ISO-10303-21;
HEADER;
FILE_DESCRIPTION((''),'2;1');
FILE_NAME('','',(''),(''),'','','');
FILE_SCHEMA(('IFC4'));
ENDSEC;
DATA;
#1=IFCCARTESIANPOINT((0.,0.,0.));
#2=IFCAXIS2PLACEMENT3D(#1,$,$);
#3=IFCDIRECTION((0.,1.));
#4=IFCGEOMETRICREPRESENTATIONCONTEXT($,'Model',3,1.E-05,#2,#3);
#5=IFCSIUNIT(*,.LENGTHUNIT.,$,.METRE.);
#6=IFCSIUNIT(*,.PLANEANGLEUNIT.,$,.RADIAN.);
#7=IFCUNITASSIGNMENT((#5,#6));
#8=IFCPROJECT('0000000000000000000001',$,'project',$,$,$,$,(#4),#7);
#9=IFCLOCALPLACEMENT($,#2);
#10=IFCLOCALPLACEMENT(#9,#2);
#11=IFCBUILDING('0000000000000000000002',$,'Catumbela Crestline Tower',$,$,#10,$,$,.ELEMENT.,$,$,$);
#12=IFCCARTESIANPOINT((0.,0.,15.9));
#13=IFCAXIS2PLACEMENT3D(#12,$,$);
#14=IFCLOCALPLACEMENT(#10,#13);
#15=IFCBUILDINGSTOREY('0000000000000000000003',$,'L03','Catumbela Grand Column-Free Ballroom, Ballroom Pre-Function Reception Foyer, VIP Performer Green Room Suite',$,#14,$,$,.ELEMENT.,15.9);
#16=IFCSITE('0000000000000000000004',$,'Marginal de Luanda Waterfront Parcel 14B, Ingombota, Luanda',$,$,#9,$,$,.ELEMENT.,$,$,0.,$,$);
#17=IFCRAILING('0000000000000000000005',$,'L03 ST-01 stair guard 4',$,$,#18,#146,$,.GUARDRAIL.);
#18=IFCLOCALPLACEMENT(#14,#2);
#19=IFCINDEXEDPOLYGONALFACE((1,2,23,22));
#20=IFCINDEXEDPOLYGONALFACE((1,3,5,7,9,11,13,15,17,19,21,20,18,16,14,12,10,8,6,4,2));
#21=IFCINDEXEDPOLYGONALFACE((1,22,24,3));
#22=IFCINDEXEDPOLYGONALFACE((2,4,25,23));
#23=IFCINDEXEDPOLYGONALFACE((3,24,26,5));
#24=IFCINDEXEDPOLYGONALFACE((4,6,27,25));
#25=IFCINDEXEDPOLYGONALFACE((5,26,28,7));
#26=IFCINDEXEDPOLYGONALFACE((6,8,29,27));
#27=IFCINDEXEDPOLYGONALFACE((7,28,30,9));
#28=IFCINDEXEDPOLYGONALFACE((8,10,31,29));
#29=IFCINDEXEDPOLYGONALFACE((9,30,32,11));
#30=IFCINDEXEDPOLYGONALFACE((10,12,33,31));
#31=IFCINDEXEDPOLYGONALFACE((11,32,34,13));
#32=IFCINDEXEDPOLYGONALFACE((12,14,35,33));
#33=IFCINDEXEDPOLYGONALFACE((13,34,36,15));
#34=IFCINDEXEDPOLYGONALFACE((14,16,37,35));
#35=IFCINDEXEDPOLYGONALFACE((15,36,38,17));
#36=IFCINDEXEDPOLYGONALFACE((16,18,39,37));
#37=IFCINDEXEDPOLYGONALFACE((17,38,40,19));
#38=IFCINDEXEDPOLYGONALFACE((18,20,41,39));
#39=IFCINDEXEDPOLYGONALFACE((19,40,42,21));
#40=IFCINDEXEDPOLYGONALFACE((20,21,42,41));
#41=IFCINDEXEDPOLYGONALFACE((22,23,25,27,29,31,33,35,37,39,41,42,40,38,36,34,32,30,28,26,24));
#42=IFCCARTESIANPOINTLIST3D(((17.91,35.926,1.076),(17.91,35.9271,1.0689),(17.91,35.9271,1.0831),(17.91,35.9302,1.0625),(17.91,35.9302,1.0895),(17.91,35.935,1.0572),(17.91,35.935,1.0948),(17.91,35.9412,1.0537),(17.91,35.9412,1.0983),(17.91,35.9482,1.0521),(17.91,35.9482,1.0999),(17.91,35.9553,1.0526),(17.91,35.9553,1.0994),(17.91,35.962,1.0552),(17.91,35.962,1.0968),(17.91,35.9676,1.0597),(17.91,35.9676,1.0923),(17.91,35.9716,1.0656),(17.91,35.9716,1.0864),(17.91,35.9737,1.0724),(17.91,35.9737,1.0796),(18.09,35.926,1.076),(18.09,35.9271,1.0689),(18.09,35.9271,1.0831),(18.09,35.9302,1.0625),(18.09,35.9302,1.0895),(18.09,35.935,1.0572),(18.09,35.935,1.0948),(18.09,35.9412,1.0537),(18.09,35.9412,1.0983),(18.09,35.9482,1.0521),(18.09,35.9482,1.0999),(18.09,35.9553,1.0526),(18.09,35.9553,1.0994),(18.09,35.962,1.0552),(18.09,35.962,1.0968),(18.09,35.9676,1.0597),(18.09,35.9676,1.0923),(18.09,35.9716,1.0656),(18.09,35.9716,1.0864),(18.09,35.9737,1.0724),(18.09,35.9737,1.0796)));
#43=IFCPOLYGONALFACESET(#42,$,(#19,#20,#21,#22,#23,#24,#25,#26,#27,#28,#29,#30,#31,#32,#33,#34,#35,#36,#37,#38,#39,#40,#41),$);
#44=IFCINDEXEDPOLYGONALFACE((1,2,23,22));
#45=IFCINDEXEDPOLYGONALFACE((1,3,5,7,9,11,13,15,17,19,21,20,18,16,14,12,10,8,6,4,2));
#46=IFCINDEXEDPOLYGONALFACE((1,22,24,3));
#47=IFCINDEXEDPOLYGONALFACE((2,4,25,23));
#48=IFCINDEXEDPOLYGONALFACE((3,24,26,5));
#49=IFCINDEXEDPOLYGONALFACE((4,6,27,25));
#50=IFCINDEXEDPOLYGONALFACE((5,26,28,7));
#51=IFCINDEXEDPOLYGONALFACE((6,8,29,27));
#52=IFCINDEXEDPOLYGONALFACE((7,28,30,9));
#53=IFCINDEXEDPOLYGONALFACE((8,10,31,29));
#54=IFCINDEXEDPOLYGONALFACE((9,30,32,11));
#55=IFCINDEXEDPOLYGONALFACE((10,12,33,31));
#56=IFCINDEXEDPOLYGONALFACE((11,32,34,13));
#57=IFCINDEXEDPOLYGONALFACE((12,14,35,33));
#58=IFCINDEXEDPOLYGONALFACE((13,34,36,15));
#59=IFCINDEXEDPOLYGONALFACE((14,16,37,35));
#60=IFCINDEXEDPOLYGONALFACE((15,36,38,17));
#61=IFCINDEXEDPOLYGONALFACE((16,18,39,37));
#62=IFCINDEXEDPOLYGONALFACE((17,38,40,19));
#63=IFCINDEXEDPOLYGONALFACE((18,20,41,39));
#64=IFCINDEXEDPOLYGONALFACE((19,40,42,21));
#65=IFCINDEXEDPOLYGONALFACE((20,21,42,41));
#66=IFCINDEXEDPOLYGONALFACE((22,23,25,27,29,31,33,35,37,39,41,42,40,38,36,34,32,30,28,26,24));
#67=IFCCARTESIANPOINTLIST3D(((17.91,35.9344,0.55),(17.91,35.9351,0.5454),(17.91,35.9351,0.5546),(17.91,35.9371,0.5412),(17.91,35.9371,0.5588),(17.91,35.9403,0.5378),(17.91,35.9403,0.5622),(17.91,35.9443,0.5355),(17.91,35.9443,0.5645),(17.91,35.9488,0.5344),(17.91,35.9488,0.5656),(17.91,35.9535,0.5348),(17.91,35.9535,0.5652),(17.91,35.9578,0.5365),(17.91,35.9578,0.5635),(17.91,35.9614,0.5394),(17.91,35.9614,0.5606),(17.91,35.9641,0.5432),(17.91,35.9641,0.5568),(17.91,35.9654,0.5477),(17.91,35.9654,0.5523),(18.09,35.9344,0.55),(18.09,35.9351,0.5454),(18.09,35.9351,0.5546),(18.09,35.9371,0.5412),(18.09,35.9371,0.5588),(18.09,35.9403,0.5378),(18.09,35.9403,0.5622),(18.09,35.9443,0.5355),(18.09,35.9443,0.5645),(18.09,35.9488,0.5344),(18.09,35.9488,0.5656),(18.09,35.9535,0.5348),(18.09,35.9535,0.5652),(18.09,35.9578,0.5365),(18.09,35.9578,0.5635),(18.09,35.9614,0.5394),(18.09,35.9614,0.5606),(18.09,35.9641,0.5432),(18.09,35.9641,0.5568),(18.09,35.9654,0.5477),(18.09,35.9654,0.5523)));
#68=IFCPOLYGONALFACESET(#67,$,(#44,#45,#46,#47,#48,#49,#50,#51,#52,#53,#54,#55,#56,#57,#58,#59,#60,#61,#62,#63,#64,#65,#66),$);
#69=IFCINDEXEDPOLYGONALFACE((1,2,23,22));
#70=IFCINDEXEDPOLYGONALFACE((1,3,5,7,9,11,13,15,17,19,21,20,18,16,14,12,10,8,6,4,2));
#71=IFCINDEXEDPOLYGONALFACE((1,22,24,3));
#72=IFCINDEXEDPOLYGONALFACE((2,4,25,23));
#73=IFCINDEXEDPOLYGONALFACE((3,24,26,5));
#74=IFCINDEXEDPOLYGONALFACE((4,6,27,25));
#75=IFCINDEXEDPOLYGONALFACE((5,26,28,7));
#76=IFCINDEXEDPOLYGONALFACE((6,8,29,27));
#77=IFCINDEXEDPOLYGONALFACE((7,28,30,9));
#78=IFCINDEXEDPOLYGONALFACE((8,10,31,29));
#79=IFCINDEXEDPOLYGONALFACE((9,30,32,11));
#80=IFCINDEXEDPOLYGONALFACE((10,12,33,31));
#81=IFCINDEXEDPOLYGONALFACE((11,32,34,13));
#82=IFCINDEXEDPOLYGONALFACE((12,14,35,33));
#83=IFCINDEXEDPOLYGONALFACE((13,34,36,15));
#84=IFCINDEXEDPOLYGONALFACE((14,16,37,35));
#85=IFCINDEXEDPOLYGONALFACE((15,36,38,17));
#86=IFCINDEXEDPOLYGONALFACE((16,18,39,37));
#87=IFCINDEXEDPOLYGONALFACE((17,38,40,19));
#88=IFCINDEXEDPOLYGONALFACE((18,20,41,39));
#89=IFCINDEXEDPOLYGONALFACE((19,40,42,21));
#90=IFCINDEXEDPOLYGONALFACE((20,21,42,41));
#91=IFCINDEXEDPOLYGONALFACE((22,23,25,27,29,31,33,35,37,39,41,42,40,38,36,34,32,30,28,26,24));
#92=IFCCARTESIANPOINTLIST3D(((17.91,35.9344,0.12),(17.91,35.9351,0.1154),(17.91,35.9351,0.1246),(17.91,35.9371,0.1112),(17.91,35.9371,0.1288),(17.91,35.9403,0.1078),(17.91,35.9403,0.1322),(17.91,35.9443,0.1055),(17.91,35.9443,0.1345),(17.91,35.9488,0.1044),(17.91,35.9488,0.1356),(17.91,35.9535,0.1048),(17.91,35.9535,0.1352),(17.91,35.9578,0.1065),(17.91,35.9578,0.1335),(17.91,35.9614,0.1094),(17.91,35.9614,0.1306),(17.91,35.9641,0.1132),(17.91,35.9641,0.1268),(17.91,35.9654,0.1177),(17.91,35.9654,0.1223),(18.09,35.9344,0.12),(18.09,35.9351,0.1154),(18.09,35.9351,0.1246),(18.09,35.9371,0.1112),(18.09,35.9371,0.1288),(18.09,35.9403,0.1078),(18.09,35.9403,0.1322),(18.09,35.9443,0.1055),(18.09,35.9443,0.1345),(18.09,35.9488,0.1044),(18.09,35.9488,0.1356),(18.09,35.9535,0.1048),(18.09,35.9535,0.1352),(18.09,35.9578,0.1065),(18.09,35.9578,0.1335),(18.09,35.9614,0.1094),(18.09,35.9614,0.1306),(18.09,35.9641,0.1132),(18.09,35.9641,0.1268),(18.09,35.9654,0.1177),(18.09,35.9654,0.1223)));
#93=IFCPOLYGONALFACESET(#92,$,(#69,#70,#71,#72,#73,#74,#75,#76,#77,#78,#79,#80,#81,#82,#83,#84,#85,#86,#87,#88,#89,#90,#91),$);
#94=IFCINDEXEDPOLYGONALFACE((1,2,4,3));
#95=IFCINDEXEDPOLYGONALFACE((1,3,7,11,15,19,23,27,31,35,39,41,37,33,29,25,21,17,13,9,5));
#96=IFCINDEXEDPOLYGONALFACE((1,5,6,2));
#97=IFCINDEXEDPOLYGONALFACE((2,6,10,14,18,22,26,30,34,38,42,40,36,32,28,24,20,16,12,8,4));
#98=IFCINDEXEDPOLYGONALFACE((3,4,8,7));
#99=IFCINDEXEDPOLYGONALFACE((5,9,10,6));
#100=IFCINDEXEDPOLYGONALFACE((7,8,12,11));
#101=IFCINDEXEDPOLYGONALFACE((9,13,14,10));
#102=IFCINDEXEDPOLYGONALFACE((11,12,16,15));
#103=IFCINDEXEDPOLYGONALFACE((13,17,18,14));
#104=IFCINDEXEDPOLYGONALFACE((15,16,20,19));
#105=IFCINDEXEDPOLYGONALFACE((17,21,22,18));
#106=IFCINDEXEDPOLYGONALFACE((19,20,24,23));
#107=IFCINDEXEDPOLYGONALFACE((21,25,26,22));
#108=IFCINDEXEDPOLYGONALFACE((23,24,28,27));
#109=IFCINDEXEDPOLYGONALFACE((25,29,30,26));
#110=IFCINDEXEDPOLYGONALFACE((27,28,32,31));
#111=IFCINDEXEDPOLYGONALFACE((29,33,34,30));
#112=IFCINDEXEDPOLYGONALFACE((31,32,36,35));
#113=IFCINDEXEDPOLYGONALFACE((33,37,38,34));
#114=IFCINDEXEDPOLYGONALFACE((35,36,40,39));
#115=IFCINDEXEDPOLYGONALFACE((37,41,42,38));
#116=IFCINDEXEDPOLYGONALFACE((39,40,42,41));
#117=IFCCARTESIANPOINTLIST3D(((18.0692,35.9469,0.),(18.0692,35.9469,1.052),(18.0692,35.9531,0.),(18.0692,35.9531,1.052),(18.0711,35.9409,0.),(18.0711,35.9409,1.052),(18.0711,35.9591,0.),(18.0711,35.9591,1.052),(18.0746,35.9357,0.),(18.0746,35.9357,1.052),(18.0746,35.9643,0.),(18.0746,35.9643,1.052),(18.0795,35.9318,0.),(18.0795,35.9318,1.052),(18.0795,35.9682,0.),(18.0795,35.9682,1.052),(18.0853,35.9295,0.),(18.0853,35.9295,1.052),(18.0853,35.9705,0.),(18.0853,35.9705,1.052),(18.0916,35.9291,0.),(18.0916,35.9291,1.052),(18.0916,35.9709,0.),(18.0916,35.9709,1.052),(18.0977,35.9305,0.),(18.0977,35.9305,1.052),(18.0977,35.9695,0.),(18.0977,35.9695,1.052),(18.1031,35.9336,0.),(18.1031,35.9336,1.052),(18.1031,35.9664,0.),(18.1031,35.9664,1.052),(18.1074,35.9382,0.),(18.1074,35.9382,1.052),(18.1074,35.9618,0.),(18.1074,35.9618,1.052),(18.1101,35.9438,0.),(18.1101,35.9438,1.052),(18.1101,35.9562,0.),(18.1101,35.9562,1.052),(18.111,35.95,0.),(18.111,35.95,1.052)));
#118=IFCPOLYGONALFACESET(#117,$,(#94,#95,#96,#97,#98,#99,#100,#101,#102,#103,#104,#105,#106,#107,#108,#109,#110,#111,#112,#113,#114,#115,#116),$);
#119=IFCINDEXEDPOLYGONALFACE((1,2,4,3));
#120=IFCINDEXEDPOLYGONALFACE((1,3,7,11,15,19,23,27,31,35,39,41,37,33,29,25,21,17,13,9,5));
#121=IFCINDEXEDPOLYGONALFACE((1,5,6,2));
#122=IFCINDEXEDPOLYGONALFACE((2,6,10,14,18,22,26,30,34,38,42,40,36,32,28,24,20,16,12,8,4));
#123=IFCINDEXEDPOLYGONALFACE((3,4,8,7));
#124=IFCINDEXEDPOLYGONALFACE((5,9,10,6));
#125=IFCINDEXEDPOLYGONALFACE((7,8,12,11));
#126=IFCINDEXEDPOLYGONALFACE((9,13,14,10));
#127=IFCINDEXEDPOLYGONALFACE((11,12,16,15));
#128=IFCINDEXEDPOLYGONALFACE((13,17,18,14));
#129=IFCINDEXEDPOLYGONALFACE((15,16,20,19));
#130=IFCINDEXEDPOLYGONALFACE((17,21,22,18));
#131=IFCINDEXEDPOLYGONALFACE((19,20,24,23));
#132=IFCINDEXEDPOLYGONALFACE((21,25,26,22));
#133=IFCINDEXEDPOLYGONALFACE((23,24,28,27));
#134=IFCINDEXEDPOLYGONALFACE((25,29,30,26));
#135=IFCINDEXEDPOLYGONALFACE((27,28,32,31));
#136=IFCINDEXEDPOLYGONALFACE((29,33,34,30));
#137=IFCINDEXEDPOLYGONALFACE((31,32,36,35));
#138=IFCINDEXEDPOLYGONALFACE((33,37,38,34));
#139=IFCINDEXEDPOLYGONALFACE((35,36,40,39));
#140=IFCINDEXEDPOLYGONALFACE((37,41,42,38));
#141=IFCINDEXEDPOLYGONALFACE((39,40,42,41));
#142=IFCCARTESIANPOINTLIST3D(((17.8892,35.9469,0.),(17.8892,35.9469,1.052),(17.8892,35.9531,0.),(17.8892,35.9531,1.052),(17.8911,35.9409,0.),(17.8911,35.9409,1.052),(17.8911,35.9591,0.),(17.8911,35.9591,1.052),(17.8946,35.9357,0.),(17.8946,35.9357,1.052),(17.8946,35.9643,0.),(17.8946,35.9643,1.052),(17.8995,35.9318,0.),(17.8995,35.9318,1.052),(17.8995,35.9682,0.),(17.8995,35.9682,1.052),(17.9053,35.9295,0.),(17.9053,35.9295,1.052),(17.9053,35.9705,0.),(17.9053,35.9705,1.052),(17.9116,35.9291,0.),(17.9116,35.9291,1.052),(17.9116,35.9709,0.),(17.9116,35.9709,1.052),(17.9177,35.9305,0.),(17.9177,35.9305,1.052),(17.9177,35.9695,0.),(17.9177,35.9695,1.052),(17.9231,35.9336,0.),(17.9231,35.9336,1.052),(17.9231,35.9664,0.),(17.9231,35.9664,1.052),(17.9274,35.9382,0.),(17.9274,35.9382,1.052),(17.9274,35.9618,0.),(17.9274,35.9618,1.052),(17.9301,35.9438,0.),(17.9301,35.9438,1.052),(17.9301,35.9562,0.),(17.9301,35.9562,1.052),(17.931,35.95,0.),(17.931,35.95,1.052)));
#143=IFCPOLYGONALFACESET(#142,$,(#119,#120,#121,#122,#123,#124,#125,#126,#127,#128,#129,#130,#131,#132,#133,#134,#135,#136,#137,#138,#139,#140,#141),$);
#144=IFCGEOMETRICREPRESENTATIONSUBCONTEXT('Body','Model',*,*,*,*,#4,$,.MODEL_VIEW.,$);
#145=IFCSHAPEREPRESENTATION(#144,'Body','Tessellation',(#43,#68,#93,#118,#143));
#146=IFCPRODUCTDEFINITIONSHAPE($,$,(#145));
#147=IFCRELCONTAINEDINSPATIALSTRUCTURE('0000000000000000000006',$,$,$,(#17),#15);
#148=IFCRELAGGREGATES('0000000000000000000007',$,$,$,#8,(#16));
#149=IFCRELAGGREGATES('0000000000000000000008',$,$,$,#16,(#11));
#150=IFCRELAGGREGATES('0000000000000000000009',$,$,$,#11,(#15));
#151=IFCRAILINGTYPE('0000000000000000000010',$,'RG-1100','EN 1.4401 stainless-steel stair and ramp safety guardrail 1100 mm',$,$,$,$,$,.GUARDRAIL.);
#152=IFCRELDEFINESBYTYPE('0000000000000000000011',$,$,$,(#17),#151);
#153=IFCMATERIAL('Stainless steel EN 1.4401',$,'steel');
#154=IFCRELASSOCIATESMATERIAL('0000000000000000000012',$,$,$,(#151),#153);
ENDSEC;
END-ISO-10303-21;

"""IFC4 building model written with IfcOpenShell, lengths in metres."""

from ifc_helpers import new_model, si_unit, direction, frame, origin, origin_2d, place, context, subcontext, project, spatial, circle, extrude, material, type_object, element, save


model = new_model("IFC4")

# Units and contexts
model_context = context("Model", 3, precision=1e-05, world=origin(), true_north=direction((0.0, 1.0)))
body_context = subcontext(model_context, "Body", "Model", "MODEL_VIEW")
ifc_project = project(units=[si_unit("LENGTHUNIT", "METRE"), si_unit("PLANEANGLEUNIT", "RADIAN")], contexts=[model_context])

# Site, building, storey
site_placement = place(None, origin())
site = spatial("IfcSite", under=ifc_project, at=site_placement, Name="Marginal de Luanda Waterfront Parcel 14B, Ingombota, Luanda", CompositionType="ELEMENT", RefElevation=0.0)
building_placement = place(site_placement, origin())
building = spatial("IfcBuilding", under=site, at=building_placement, Name="Catumbela Crestline Tower", CompositionType="ELEMENT")
storey_placement = place(building_placement, frame((0.0, 0.0, 15.9)))
storey = spatial("IfcBuildingStorey", under=building, at=storey_placement, Name="L03", Description="Catumbela Grand Column-Free Ballroom, Ballroom Pre-Function Reception Foyer, VIP Performer Green Room Suite", CompositionType="ELEMENT", Elevation=15.9)

# Shared definitions
ifc_material_1 = material(Name="Stainless steel EN 1.4401", Category="steel")

# Railing
railing_type_1 = type_object("IfcRailingType", Name="RG-1100", Description="EN 1.4401 stainless-steel stair and ramp safety guardrail 1100 mm", PredefinedType="GUARDRAIL", material=ifc_material_1)
railing_1_placement = place(storey_placement, frame((18.09, 35.95, 0.0)))
element("IfcRailing", 1, at=railing_1_placement, inside=storey, type_object=railing_type_1, Name="L03 ST-01 stair guard 4", PredefinedType="GUARDRAIL", context=body_context, shape_type="SweptSolid", body=[
    extrude(circle(Radius=0.024, at=origin_2d()), frame((0.0, 0.0, 1.076), z_axis=(-1.0, 0.0, 0.0), x_axis=(0.0, -1.0, 0.0)), (0.0, 0.0, 1.0), 0.18),
    extrude(circle(Radius=0.0156, at=origin_2d()), frame((0.0, 0.0, 0.55), z_axis=(-1.0, 0.0, 0.0), x_axis=(0.0, -1.0, 0.0)), (0.0, 0.0, 1.0), 0.18),
    extrude(circle(Radius=0.0156, at=origin_2d()), frame((0.0, 0.0, 0.12), z_axis=(-1.0, 0.0, 0.0), x_axis=(0.0, -1.0, 0.0)), (0.0, 0.0, 1.0), 0.18),
    extrude(circle(Radius=0.021, at=origin_2d()), origin(), (0.0, 0.0, 1.0), 1.052),
    extrude(circle(Radius=0.021, at=origin_2d()), frame((-0.18, 0.0, 0.0)), (0.0, 0.0, 1.0), 1.052),
])

save(model, "model.ifc")
